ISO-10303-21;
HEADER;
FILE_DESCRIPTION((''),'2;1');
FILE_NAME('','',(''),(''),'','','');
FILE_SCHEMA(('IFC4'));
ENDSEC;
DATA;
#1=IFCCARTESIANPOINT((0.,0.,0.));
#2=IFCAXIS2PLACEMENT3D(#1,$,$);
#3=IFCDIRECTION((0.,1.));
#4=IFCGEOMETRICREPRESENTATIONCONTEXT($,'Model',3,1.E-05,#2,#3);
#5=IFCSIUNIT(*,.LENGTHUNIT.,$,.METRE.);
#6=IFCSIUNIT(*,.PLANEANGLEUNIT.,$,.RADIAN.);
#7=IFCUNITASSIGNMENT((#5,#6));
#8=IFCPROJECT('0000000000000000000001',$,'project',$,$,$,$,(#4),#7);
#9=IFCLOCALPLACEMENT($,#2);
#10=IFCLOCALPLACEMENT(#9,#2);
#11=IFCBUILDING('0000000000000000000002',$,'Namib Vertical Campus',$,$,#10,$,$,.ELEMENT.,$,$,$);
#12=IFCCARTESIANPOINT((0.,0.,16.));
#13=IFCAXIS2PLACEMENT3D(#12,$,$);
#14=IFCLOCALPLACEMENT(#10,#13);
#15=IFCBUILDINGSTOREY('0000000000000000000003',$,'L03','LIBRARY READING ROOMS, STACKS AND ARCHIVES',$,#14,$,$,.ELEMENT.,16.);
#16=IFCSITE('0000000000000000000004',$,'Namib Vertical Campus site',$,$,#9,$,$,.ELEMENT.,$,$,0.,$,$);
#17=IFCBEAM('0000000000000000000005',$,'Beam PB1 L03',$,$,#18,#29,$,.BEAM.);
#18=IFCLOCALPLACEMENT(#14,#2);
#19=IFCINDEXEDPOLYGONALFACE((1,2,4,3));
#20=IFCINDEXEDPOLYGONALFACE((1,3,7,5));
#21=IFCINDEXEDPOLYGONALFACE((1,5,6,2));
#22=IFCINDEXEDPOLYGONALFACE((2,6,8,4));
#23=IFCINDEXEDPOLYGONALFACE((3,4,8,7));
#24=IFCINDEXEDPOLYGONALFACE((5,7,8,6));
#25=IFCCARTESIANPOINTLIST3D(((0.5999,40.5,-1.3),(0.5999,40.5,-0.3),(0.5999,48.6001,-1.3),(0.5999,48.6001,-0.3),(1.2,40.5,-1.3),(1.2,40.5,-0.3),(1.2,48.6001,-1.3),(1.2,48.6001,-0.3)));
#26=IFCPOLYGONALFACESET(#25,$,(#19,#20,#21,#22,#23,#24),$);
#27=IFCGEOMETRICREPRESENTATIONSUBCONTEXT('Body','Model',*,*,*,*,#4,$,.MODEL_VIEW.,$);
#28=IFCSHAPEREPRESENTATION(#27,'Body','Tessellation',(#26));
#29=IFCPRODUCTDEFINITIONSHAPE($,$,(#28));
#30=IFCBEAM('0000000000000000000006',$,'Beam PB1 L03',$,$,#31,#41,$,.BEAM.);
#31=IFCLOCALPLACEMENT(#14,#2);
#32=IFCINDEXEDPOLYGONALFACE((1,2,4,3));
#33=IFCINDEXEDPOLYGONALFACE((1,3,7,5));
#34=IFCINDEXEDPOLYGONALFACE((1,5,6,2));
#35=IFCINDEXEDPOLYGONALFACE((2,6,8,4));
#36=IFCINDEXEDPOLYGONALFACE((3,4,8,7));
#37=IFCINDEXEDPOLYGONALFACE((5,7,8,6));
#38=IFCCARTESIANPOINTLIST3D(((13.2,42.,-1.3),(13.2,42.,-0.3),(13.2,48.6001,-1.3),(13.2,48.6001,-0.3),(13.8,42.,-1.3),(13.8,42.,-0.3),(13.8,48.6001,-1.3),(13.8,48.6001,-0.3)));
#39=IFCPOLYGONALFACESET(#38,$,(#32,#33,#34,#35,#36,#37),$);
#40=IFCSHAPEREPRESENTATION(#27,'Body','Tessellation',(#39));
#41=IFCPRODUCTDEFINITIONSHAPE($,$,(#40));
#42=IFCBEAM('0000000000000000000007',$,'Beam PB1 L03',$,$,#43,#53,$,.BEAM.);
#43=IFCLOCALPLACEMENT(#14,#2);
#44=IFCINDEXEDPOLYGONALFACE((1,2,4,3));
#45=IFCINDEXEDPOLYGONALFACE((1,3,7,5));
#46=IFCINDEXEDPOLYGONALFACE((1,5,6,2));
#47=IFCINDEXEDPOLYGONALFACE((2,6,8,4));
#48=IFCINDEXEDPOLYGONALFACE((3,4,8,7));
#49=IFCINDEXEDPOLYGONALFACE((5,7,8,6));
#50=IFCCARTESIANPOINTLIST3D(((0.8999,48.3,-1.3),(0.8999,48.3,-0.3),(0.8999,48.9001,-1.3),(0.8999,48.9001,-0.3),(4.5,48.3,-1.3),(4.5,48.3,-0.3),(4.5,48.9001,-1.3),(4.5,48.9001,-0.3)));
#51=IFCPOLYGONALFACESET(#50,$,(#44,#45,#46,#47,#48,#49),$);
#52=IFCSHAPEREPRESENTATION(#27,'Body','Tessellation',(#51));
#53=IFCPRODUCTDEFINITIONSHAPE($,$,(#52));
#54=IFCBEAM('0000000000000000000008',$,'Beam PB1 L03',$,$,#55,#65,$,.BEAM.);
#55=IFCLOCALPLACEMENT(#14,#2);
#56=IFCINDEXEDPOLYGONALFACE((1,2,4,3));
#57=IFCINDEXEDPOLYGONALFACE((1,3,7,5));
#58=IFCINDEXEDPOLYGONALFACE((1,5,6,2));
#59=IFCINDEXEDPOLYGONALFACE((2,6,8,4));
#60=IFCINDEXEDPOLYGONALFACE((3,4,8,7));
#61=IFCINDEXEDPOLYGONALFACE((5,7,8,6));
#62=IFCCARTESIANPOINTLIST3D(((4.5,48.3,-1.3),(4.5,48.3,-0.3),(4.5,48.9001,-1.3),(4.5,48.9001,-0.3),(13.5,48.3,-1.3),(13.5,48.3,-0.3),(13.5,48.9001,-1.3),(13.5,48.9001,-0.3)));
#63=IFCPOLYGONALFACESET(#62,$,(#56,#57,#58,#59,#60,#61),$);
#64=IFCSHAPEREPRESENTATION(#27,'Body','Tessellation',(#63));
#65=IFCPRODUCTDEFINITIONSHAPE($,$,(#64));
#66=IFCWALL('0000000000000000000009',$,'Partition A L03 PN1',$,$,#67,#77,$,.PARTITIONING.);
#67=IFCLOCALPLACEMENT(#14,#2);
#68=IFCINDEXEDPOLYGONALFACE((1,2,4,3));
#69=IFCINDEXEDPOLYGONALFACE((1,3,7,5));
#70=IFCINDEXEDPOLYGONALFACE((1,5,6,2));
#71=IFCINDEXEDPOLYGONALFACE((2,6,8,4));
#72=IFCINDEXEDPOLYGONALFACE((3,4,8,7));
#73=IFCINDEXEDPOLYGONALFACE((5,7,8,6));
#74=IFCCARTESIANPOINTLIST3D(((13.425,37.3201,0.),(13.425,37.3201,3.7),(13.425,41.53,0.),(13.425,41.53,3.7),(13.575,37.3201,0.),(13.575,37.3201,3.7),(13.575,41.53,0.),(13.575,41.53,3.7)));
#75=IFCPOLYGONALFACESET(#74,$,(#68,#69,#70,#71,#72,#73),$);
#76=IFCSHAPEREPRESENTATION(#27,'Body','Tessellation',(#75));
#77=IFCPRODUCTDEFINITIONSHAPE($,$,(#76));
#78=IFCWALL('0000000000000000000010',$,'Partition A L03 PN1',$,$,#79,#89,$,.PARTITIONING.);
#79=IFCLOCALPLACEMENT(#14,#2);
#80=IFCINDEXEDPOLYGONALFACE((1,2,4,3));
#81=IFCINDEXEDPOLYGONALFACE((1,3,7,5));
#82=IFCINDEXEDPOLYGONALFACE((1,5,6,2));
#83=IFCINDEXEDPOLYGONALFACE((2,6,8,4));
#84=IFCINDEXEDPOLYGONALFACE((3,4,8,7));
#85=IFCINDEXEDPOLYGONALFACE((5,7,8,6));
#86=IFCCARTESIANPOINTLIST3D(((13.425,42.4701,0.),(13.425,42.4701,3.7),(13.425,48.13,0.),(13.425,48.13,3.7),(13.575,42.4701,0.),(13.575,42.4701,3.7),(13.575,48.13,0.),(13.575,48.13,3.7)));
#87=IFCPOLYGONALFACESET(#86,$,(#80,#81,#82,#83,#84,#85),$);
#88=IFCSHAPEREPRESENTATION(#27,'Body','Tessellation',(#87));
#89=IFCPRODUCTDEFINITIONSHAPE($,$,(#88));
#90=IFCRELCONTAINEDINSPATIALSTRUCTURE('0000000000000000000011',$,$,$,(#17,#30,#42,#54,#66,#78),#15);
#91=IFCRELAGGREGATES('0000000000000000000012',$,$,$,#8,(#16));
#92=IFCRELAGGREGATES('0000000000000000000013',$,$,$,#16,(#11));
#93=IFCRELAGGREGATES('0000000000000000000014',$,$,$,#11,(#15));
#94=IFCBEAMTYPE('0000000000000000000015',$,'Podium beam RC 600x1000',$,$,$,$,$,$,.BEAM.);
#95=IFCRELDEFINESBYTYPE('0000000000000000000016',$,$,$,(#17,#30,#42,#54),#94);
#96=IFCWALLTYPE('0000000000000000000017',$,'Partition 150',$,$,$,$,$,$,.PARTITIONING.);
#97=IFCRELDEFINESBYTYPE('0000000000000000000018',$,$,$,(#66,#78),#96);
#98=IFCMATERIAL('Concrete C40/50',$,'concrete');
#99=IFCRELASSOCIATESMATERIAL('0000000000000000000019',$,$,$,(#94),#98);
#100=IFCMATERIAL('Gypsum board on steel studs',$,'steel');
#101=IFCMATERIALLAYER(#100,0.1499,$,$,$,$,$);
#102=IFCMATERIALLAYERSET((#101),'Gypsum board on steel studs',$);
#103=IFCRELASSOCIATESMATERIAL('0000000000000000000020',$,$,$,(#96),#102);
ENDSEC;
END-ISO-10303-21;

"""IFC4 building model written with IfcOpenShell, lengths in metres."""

from ifc_helpers import new_model, si_unit, direction, frame, frame_2d, origin, origin_2d, place, context, subcontext, project, spatial, rectangle, extrude, material, layer, layer_set, material_profile, profile_set, type_object, element, save


model = new_model("IFC4")

# Units and contexts
model_context = context("Model", 3, precision=1e-05, world=origin(), true_north=direction((0.0, 1.0)))
body_context = subcontext(model_context, "Body", "Model", "MODEL_VIEW")
ifc_project = project(units=[si_unit("LENGTHUNIT", "METRE"), si_unit("PLANEANGLEUNIT", "RADIAN")], contexts=[model_context])

# Site, building, storey
site_placement = place(None, origin())
site = spatial("IfcSite", under=ifc_project, at=site_placement, Name="Namib Vertical Campus site", CompositionType="ELEMENT", RefElevation=0.0)
building_placement = place(site_placement, origin())
building = spatial("IfcBuilding", under=site, at=building_placement, Name="Namib Vertical Campus", CompositionType="ELEMENT")
storey_placement = place(building_placement, frame((0.0, 0.0, 16.0)))
storey = spatial("IfcBuildingStorey", under=building, at=storey_placement, Name="L03", Description="LIBRARY READING ROOMS, STACKS AND ARCHIVES", CompositionType="ELEMENT", Elevation=16.0)

# Beams
ifc_material_1 = material(Name="Concrete C40/50", Category="concrete")
ifc_material_profile_1 = material_profile(ifc_material_1, rectangle(XDim=0.6001, YDim=1.0, at=origin_2d()))
ifc_profile_set_1 = profile_set([ifc_material_profile_1], Name="Concrete C40/50")
beam_type_1 = type_object("IfcBeamType", Name="Podium beam RC 600x1000", PredefinedType="BEAM", material=ifc_profile_set_1)
beam_1_placement = place(storey_placement, frame((0.8999, 40.5, -0.8), z_axis=(0.0, 1.0, 0.0), x_axis=(-1.0, 0.0, 0.0)))
element("IfcBeam", 1, at=beam_1_placement, inside=storey, type_object=beam_type_1, Name="Beam PB1 L03", PredefinedType="BEAM", context=body_context, shape_type="SweptSolid", body=[
    extrude(rectangle(XDim=0.6001, YDim=1.0, at=origin_2d()), origin(), (0.0, 0.0, 1.0), 8.1001),
])
beam_2_placement = place(storey_placement, frame((13.5, 42.0, -0.8), z_axis=(0.0, 1.0, 0.0), x_axis=(-1.0, 0.0, 0.0)))
element("IfcBeam", 2, at=beam_2_placement, inside=storey, type_object=beam_type_1, Name="Beam PB1 L03", PredefinedType="BEAM", context=body_context, shape_type="SweptSolid", body=[
    extrude(rectangle(XDim=0.6001, YDim=1.0, at=origin_2d()), origin(), (0.0, 0.0, 1.0), 6.6001),
])
beam_3_placement = place(storey_placement, frame((0.8999, 48.6001, -0.8), z_axis=(1.0, 0.0, 0.0), x_axis=(0.0, 1.0, 0.0)))
element("IfcBeam", 3, at=beam_3_placement, inside=storey, type_object=beam_type_1, Name="Beam PB1 L03", PredefinedType="BEAM", context=body_context, shape_type="SweptSolid", body=[
    extrude(rectangle(XDim=0.6001, YDim=1.0, at=origin_2d()), origin(), (0.0, 0.0, 1.0), 3.6001),
])
beam_4_placement = place(storey_placement, frame((4.5, 48.6001, -0.8), z_axis=(1.0, 0.0, 0.0), x_axis=(0.0, 1.0, 0.0)))
element("IfcBeam", 4, at=beam_4_placement, inside=storey, type_object=beam_type_1, Name="Beam PB1 L03", PredefinedType="BEAM", context=body_context, shape_type="SweptSolid", body=[
    extrude(rectangle(XDim=0.6001, YDim=1.0, at=origin_2d()), origin(), (0.0, 0.0, 1.0), 9.0),
])

# Walls
ifc_material_2 = material(Name="Gypsum board on steel studs", Category="steel")
ifc_layer_1 = layer(ifc_material_2, 0.1499)
ifc_layer_set_1 = layer_set([ifc_layer_1], Name="Gypsum board on steel studs")
wall_type_1 = type_object("IfcWallType", Name="Partition 150", PredefinedType="PARTITIONING", material=ifc_layer_set_1)
wall_1_placement = place(storey_placement, frame((13.5, 37.3201, 0.0), z_axis=(0.0, 0.0, 1.0), x_axis=(0.0, 1.0, 0.0)))
element("IfcWall", 5, at=wall_1_placement, inside=storey, type_object=wall_type_1, Name="Partition A L03 PN1", PredefinedType="PARTITIONING", context=body_context, shape_type="SweptSolid", body=[
    extrude(rectangle(XDim=4.21, YDim=0.1499, at=frame_2d((2.105, 0.0))), origin(), (0.0, 0.0, 1.0), 3.7),
])
wall_2_placement = place(storey_placement, frame((13.5, 42.47, 0.0), z_axis=(0.0, 0.0, 1.0), x_axis=(0.0, 1.0, 0.0)))
element("IfcWall", 6, at=wall_2_placement, inside=storey, type_object=wall_type_1, Name="Partition A L03 PN1", PredefinedType="PARTITIONING", context=body_context, shape_type="SweptSolid", body=[
    extrude(rectangle(XDim=5.6599, YDim=0.1499, at=frame_2d((2.8301, 0.0))), origin(), (0.0, 0.0, 1.0), 3.7),
])

save(model, "model.ifc")
